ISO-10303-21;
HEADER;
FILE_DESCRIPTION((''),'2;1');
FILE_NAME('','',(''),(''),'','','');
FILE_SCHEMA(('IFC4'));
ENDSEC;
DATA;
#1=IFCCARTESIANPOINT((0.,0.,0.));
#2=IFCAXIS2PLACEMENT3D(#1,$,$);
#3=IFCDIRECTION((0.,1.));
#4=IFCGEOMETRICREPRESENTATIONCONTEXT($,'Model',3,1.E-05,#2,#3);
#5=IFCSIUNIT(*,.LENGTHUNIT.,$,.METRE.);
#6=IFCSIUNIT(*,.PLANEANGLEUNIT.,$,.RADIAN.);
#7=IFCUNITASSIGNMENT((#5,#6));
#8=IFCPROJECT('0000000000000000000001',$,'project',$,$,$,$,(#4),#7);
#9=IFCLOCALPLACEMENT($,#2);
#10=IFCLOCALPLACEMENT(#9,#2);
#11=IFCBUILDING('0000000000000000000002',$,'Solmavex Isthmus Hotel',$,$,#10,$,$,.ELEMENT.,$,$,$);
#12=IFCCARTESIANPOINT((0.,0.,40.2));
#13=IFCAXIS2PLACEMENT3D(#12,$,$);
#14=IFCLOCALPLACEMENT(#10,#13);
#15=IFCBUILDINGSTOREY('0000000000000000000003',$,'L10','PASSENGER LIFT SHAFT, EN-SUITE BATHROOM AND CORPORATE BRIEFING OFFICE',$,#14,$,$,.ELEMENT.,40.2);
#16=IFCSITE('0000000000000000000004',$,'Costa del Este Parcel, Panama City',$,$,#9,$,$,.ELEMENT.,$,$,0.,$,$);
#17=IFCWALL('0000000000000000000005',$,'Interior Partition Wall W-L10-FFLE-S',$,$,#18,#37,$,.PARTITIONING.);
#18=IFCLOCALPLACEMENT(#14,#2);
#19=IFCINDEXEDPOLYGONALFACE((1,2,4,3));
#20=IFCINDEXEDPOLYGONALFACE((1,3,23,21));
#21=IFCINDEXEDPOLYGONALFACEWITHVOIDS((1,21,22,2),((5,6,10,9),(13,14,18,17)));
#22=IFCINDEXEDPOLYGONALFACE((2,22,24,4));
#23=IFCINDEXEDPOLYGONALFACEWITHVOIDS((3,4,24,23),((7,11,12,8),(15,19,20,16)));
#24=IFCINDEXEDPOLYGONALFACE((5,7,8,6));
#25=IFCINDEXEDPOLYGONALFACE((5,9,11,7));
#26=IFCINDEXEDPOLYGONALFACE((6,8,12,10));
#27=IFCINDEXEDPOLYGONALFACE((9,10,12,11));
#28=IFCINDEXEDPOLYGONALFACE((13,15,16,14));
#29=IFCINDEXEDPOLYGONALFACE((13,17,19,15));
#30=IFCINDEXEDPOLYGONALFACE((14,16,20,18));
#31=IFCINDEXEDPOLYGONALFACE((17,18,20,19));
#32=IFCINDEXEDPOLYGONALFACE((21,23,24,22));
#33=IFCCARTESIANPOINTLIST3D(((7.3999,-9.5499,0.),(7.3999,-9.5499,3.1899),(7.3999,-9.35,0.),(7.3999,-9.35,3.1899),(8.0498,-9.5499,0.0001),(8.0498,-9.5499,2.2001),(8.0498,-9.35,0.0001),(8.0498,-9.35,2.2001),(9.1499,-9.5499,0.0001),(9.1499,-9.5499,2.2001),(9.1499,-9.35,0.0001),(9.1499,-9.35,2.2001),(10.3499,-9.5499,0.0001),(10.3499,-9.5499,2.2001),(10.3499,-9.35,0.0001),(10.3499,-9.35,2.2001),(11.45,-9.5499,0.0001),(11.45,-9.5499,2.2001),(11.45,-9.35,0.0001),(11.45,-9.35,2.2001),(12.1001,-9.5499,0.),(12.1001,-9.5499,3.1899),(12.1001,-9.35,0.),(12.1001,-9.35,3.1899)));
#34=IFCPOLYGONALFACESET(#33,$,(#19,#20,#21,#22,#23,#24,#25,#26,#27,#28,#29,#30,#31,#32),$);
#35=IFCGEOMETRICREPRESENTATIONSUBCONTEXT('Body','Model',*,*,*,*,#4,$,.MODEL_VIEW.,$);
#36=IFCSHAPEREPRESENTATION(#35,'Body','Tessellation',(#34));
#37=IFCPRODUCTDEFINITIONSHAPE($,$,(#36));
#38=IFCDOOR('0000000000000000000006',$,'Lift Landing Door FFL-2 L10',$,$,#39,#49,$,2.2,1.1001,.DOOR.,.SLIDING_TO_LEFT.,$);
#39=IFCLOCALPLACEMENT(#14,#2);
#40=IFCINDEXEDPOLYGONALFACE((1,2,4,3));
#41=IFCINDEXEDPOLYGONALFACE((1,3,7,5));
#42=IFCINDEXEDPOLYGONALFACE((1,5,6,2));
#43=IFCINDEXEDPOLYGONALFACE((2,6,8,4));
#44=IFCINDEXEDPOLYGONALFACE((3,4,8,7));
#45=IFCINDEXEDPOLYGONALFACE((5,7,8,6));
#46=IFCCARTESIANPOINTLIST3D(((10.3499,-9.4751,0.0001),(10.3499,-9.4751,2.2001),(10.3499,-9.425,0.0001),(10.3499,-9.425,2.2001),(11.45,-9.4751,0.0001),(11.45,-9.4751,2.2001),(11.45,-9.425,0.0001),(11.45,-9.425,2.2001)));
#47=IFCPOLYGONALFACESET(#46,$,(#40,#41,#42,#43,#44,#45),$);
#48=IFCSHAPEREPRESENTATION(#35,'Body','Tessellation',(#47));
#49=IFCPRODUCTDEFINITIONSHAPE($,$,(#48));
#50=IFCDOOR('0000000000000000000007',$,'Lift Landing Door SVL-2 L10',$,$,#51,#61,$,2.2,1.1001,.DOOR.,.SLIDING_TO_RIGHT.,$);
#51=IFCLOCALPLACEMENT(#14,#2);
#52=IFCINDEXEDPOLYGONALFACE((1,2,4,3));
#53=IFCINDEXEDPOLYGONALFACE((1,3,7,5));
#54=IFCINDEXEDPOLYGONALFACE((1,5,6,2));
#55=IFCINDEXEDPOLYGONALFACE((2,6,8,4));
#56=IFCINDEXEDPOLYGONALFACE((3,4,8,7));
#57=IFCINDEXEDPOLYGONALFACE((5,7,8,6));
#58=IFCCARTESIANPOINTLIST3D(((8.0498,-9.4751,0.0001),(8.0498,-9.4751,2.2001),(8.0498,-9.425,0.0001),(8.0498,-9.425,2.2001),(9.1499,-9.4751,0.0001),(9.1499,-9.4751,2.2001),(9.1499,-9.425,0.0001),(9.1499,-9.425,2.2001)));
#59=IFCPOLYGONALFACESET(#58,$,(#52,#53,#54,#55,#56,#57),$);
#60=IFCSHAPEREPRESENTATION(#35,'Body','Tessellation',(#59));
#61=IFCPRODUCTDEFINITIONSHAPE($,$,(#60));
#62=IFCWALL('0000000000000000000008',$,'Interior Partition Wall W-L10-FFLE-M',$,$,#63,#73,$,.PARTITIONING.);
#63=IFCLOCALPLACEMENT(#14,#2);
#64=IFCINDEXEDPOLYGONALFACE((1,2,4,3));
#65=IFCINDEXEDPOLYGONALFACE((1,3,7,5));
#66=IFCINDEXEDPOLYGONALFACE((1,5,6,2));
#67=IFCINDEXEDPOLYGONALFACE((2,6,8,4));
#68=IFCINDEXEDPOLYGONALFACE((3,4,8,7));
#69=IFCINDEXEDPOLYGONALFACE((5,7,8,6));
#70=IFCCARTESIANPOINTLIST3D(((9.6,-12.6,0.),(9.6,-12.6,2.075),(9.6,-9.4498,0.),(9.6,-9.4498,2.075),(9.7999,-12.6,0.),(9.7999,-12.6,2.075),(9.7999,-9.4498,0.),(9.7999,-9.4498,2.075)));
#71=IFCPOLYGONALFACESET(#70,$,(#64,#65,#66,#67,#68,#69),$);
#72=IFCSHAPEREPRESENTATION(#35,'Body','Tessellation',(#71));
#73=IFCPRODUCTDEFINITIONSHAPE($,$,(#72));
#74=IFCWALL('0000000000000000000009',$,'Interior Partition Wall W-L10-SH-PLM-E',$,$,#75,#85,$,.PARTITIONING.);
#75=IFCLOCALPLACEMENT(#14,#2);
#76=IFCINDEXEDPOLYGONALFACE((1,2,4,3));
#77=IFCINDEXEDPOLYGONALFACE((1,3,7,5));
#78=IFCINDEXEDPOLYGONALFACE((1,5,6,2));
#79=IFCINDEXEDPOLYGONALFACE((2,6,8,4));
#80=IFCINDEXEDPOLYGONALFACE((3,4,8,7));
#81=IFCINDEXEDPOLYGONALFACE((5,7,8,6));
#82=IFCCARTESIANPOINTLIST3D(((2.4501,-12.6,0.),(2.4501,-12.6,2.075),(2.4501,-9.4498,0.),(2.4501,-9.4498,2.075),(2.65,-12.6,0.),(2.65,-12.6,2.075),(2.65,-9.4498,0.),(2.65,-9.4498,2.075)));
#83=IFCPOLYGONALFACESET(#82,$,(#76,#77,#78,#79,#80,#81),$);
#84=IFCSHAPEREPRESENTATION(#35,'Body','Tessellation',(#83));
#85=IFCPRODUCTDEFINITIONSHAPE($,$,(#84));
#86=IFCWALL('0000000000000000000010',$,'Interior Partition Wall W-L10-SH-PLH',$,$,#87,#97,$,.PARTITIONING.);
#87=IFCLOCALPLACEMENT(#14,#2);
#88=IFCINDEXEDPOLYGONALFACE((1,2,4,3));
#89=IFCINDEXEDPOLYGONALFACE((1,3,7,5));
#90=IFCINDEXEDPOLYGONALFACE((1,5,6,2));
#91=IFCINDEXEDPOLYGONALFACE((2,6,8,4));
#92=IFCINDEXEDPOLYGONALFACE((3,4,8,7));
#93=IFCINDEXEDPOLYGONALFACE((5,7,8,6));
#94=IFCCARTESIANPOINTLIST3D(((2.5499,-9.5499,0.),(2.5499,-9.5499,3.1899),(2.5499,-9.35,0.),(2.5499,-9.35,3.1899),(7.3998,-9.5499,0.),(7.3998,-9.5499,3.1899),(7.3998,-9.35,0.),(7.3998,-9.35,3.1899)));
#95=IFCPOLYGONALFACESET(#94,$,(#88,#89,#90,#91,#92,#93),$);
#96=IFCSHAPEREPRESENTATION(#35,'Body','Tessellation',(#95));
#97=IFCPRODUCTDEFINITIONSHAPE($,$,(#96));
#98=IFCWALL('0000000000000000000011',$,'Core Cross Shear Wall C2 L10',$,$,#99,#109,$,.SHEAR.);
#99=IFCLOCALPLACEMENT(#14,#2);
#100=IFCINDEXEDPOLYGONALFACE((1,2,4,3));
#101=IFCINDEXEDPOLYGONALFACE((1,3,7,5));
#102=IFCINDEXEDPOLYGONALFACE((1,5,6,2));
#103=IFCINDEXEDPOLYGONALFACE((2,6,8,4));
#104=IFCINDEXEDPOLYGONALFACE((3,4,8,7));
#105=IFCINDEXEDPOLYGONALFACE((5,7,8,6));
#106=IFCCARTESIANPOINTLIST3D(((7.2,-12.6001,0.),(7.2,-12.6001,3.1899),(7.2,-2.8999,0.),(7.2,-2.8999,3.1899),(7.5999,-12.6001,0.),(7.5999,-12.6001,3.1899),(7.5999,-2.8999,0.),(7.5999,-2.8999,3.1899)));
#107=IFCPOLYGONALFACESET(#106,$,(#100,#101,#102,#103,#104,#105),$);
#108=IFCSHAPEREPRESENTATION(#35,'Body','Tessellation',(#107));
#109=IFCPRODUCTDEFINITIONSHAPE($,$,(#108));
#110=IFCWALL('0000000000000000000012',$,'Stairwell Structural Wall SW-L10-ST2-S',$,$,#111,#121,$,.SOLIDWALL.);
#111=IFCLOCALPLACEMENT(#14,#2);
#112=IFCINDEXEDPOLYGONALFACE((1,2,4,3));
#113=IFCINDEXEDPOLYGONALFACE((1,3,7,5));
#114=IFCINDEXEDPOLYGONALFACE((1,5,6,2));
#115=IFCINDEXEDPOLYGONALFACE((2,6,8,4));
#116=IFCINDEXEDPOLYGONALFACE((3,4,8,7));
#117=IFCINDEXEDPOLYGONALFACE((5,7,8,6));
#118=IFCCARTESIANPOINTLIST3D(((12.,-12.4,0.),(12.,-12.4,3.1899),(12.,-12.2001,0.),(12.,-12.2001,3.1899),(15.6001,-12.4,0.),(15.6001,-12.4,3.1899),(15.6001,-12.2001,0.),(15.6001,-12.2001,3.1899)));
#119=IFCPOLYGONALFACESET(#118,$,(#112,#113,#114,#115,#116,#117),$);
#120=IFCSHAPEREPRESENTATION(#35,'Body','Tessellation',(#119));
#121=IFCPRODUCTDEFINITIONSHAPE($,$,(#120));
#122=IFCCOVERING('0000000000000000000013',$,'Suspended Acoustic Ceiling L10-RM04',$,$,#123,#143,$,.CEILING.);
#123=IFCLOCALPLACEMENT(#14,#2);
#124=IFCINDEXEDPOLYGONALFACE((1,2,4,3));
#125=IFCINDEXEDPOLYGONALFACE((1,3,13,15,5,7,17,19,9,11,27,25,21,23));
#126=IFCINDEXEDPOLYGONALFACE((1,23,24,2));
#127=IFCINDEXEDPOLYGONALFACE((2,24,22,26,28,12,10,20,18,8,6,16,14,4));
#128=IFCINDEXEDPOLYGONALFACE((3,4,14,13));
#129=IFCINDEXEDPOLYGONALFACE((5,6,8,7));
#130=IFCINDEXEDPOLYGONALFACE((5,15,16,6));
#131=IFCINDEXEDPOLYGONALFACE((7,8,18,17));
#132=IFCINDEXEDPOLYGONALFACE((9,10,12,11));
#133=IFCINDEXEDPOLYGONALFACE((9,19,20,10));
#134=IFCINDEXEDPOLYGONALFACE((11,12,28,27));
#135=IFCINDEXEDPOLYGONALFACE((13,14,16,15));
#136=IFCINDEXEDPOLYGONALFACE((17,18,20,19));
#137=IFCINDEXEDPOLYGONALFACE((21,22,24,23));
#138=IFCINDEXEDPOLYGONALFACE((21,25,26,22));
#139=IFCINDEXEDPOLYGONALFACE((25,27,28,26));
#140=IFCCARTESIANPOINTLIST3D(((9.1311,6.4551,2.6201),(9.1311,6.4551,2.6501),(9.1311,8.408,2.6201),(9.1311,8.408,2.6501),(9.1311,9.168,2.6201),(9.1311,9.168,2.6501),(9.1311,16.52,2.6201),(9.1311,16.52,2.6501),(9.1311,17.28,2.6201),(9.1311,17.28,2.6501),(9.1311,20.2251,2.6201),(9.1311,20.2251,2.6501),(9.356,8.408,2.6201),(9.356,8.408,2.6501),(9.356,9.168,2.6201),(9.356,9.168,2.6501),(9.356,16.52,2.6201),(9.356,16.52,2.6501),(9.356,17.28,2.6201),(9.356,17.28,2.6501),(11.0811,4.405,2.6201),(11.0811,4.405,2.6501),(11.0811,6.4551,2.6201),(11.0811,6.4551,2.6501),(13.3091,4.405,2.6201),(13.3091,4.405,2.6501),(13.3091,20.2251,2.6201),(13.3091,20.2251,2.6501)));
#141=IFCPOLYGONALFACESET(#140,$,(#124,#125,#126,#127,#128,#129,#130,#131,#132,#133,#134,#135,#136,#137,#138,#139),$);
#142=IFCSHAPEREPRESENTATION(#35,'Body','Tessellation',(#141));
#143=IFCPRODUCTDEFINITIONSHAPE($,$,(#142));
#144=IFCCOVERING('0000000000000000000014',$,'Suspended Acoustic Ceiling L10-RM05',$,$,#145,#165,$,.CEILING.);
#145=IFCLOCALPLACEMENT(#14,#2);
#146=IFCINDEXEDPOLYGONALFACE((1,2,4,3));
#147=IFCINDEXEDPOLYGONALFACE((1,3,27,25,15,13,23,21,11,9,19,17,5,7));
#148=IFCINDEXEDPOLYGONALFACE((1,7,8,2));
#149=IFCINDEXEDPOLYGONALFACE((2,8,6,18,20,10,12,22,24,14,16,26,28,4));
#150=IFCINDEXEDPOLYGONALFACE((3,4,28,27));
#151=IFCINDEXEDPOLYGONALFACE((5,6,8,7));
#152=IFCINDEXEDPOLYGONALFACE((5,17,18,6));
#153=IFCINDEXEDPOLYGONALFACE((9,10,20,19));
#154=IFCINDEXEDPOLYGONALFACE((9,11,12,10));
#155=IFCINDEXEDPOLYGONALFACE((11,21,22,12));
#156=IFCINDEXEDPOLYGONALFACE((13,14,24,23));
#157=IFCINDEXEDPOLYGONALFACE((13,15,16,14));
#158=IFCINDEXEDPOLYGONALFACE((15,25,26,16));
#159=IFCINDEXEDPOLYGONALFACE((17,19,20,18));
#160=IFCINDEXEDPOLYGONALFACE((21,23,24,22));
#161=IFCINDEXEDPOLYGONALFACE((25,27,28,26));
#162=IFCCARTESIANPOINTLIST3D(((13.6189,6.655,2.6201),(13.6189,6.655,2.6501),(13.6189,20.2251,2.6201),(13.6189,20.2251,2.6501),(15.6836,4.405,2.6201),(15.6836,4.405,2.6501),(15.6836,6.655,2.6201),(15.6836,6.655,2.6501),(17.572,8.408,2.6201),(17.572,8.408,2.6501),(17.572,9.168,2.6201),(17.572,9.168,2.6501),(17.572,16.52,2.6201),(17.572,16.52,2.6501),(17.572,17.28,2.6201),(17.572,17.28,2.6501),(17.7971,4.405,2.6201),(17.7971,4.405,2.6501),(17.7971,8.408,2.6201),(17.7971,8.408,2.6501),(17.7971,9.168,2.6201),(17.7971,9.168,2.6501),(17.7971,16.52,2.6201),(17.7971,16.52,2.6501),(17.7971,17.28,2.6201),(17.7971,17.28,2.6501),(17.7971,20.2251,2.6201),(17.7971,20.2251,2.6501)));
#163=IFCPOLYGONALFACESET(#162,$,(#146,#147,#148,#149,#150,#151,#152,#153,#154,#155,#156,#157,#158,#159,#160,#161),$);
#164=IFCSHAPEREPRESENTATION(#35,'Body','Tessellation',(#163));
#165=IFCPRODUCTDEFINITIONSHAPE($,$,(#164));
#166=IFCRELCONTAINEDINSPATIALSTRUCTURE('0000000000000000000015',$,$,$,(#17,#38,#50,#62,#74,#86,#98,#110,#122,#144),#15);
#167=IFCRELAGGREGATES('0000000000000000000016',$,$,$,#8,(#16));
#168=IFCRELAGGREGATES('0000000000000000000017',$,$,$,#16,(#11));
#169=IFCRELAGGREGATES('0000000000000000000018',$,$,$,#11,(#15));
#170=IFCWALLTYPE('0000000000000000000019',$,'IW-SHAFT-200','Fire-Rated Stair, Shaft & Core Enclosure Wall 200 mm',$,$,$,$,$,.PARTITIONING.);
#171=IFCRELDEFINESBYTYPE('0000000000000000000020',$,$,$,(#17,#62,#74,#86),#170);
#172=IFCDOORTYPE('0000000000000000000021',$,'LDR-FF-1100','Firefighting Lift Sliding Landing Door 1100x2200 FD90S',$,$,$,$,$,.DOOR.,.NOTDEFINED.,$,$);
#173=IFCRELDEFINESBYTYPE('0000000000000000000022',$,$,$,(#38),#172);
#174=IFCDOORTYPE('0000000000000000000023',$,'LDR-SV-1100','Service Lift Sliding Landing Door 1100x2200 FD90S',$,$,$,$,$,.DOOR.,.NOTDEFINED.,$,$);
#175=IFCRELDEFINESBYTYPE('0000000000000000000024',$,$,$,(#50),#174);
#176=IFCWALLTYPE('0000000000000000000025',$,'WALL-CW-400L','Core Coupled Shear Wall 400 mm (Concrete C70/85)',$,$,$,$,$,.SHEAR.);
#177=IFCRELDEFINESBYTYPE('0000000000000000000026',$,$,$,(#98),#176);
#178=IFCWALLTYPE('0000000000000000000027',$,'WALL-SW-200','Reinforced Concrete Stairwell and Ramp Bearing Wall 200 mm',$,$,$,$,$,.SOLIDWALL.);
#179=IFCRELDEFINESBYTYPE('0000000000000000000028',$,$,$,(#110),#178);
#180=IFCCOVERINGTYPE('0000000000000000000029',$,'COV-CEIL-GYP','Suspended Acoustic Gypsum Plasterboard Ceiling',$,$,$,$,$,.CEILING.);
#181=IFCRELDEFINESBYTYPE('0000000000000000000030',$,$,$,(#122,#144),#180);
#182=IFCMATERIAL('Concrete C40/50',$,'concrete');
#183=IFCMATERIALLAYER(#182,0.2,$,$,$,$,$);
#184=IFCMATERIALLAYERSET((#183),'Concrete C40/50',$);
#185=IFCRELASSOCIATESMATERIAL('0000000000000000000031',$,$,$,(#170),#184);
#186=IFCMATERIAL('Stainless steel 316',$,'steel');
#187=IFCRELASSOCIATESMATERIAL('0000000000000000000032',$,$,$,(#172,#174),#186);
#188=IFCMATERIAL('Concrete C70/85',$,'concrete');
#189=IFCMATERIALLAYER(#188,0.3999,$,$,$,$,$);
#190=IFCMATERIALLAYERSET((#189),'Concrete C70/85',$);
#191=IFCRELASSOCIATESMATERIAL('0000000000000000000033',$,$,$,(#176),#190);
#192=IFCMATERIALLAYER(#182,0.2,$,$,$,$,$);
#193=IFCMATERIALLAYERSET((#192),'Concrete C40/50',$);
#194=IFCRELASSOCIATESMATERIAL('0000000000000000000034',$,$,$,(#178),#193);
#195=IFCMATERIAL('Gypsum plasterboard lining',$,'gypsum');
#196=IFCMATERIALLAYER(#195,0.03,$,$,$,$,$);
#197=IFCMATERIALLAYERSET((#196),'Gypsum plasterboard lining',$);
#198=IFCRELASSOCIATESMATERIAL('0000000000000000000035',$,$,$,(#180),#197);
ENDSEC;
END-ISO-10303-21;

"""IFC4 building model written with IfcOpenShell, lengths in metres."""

from ifc_helpers import new_model, si_unit, direction, frame, frame_2d, origin, place, context, subcontext, project, spatial, polyline, rectangle, outline, extrude, material, layer, layer_set, type_object, element, fill, save


model = new_model("IFC4")

# Units and contexts
model_context = context("Model", 3, precision=1e-05, world=origin(), true_north=direction((0.0, 1.0)))
body_context = subcontext(model_context, "Body", "Model", "MODEL_VIEW")
ifc_project = project(units=[si_unit("LENGTHUNIT", "METRE"), si_unit("PLANEANGLEUNIT", "RADIAN")], contexts=[model_context])

# Site, building, storey
site_placement = place(None, origin())
site = spatial("IfcSite", under=ifc_project, at=site_placement, Name="Costa del Este Parcel, Panama City", CompositionType="ELEMENT", RefElevation=0.0)
building_placement = place(site_placement, origin())
building = spatial("IfcBuilding", under=site, at=building_placement, Name="Solmavex Isthmus Hotel", CompositionType="ELEMENT")
storey_placement = place(building_placement, frame((0.0, 0.0, 40.2)))
storey = spatial("IfcBuildingStorey", under=building, at=storey_placement, Name="L10", Description="PASSENGER LIFT SHAFT, EN-SUITE BATHROOM AND CORPORATE BRIEFING OFFICE", CompositionType="ELEMENT", Elevation=40.2)

# Shared definitions
ifc_material_1 = material(Name="Concrete C70/85", Category="concrete")

# Shared definitions
ifc_material_2 = material(Name="Gypsum plasterboard lining", Category="gypsum")

# Shared definitions
ifc_material_3 = material(Name="Concrete C40/50", Category="concrete")

# Wall, openings, doors
ifc_layer_1 = layer(ifc_material_3, 0.2)
ifc_layer_set_1 = layer_set([ifc_layer_1], Name="Concrete C40/50")
wall_type_1 = type_object("IfcWallType", Name="IW-SHAFT-200", Description="Fire-Rated Stair, Shaft & Core Enclosure Wall 200 mm", PredefinedType="PARTITIONING", material=ifc_layer_set_1)
wall_1_placement = place(storey_placement, frame((7.3999, -9.45, 0.0), z_axis=(0.0, 0.0, 1.0), x_axis=(1.0, 0.0, 0.0)))
wall_1 = element("IfcWall", 1, at=wall_1_placement, inside=storey, type_object=wall_type_1, Name="Interior Partition Wall W-L10-FFLE-S", PredefinedType="PARTITIONING", context=body_context, shape_type="SweptSolid", body=[
    extrude(rectangle(XDim=4.7002, YDim=0.2, at=frame_2d((2.3501, 0.0))), origin(), (0.0, 0.0, 1.0), 3.1899),
])
opening_1_placement = place(wall_1_placement, frame((2.95, 0.0, 0.0)))
opening_1 = element("IfcOpeningElement", 2, at=opening_1_placement, cuts=wall_1, PredefinedType="OPENING", context=body_context, shape_type="SweptSolid", body=[
    extrude(rectangle(XDim=1.1001, YDim=2.2, at=frame_2d((0.55, 1.1001))), frame((0.0, 0.1099, 0.0), z_axis=(0.0, -1.0, 0.0), x_axis=(1.0, 0.0, 0.0)), (0.0, 0.0, 1.0), 0.22),
])
opening_2_placement = place(wall_1_placement, frame((0.6499, 0.0, 0.0)))
opening_2 = element("IfcOpeningElement", 3, at=opening_2_placement, cuts=wall_1, PredefinedType="OPENING", context=body_context, shape_type="SweptSolid", body=[
    extrude(rectangle(XDim=1.1001, YDim=2.2, at=frame_2d((0.55, 1.1001))), frame((0.0, 0.1099, 0.0), z_axis=(0.0, -1.0, 0.0), x_axis=(1.0, 0.0, 0.0)), (0.0, 0.0, 1.0), 0.22),
])
ifc_material_4 = material(Name="Stainless steel 316", Category="steel")
door_type_1 = type_object("IfcDoorType", Name="LDR-FF-1100", Description="Firefighting Lift Sliding Landing Door 1100x2200 FD90S", OperationType="NOTDEFINED", PredefinedType="DOOR", material=ifc_material_4)
door_1_placement = place(opening_1_placement, origin())
door_1 = element("IfcDoor", 4, at=door_1_placement, inside=storey, type_object=door_type_1, Name="Lift Landing Door FFL-2 L10", OperationType="SLIDING_TO_LEFT", OverallHeight=2.2, OverallWidth=1.1001, PredefinedType="DOOR", context=body_context, shape_type="SweptSolid", body=[
    extrude(rectangle(XDim=1.1001, YDim=2.2, at=frame_2d((0.55, 1.1001))), frame((0.0, 0.0249, 0.0), z_axis=(0.0, -1.0, 0.0), x_axis=(1.0, 0.0, 0.0)), (0.0, 0.0, 1.0), 0.05),
])
fill(opening_1, door_1)
door_type_2 = type_object("IfcDoorType", Name="LDR-SV-1100", Description="Service Lift Sliding Landing Door 1100x2200 FD90S", OperationType="NOTDEFINED", PredefinedType="DOOR", material=ifc_material_4)
door_2_placement = place(opening_2_placement, origin())
door_2 = element("IfcDoor", 5, at=door_2_placement, inside=storey, type_object=door_type_2, Name="Lift Landing Door SVL-2 L10", OperationType="SLIDING_TO_RIGHT", OverallHeight=2.2, OverallWidth=1.1001, PredefinedType="DOOR", context=body_context, shape_type="SweptSolid", body=[
    extrude(rectangle(XDim=1.1001, YDim=2.2, at=frame_2d((0.55, 1.1001))), frame((0.0, 0.0249, 0.0), z_axis=(0.0, -1.0, 0.0), x_axis=(1.0, 0.0, 0.0)), (0.0, 0.0, 1.0), 0.05),
])
fill(opening_2, door_2)

# Walls
for number, where, z_axis, x_axis, name in (
    (6, (9.7, -12.6001, 0.0), (0.0, 0.0, 1.0), (0.0, 1.0, 0.0), "Interior Partition Wall W-L10-FFLE-M"),
    (7, (2.55, -12.6001, 0.0), (0.0, 0.0, 1.0), (0.0, 1.0, 0.0), "Interior Partition Wall W-L10-SH-PLM-E"),
):
    element("IfcWall", number, at=place(storey_placement, frame(where, z_axis=z_axis, x_axis=x_axis)), inside=storey, type_object=wall_type_1, Name=name, PredefinedType="PARTITIONING", context=body_context, shape_type="SweptSolid", body=[
        extrude(rectangle(XDim=3.1501, YDim=0.2, at=frame_2d((1.5752, 0.0))), origin(), (0.0, 0.0, 1.0), 2.075),
    ])
wall_2_placement = place(storey_placement, frame((2.55, -9.45, 0.0), z_axis=(0.0, 0.0, 1.0), x_axis=(1.0, 0.0, 0.0)))
element("IfcWall", 8, at=wall_2_placement, inside=storey, type_object=wall_type_1, Name="Interior Partition Wall W-L10-SH-PLH", PredefinedType="PARTITIONING", context=body_context, shape_type="SweptSolid", body=[
    extrude(rectangle(XDim=4.8499, YDim=0.2, at=frame_2d((2.4248, 0.0))), origin(), (0.0, 0.0, 1.0), 3.1899),
])
ifc_layer_2 = layer(ifc_material_1, 0.3999)
ifc_layer_set_2 = layer_set([ifc_layer_2], Name="Concrete C70/85")
wall_type_2 = type_object("IfcWallType", Name="WALL-CW-400L", Description="Core Coupled Shear Wall 400 mm (Concrete C70/85)", PredefinedType="SHEAR", material=ifc_layer_set_2)
wall_3_placement = place(storey_placement, frame((7.3999, -12.6001, 0.0), z_axis=(0.0, 0.0, 1.0), x_axis=(0.0, 1.0, 0.0)))
element("IfcWall", 9, at=wall_3_placement, inside=storey, type_object=wall_type_2, Name="Core Cross Shear Wall C2 L10", PredefinedType="SHEAR", context=body_context, shape_type="SweptSolid", body=[
    extrude(rectangle(XDim=9.7002, YDim=0.3999, at=frame_2d((4.8501, 0.0))), origin(), (0.0, 0.0, 1.0), 3.1899),
])
ifc_layer_3 = layer(ifc_material_3, 0.2)
ifc_layer_set_3 = layer_set([ifc_layer_3], Name="Concrete C40/50")
wall_type_3 = type_object("IfcWallType", Name="WALL-SW-200", Description="Reinforced Concrete Stairwell and Ramp Bearing Wall 200 mm", PredefinedType="SOLIDWALL", material=ifc_layer_set_3)
wall_4_placement = place(storey_placement, frame((12.0, -12.3, 0.0), z_axis=(0.0, 0.0, 1.0), x_axis=(1.0, 0.0, 0.0)))
element("IfcWall", 10, at=wall_4_placement, inside=storey, type_object=wall_type_3, Name="Stairwell Structural Wall SW-L10-ST2-S", PredefinedType="SOLIDWALL", context=body_context, shape_type="SweptSolid", body=[
    extrude(rectangle(XDim=3.6001, YDim=0.2, at=frame_2d((1.8, 0.0))), origin(), (0.0, 0.0, 1.0), 3.1899),
])

# Coverings
ifc_layer_4 = layer(ifc_material_2, 0.03)
ifc_layer_set_4 = layer_set([ifc_layer_4], Name="Gypsum plasterboard lining")
covering_type_1 = type_object("IfcCoveringType", Name="COV-CEIL-GYP", Description="Suspended Acoustic Gypsum Plasterboard Ceiling", PredefinedType="CEILING", material=ifc_layer_set_4)
covering_1_placement = place(storey_placement, frame((0.0, 0.0, 2.6201)))
element("IfcCovering", 11, at=covering_1_placement, inside=storey, type_object=covering_type_1, Name="Suspended Acoustic Ceiling L10-RM04", PredefinedType="CEILING", context=body_context, shape_type="SweptSolid", body=[
    extrude(outline(polyline([(9.1311, 9.168), (9.356, 9.168), (9.356, 8.408), (9.1311, 8.408), (9.1311, 6.4551), (11.0811, 6.4551), (11.0811, 4.405), (13.3091, 4.405), (13.3091, 20.2251), (9.1311, 20.2251), (9.1311, 17.28), (9.356, 17.28), (9.356, 16.52), (9.1311, 16.52), (9.1311, 9.168)])), origin(), (0.0, 0.0, 1.0), 0.03),
])
covering_2_placement = place(storey_placement, frame((0.0, 0.0, 2.6201)))
element("IfcCovering", 12, at=covering_2_placement, inside=storey, type_object=covering_type_1, Name="Suspended Acoustic Ceiling L10-RM05", PredefinedType="CEILING", context=body_context, shape_type="SweptSolid", body=[
    extrude(outline(polyline([(17.7971, 16.52), (17.572, 16.52), (17.572, 17.28), (17.7971, 17.28), (17.7971, 20.2251), (13.6189, 20.2251), (13.6189, 6.655), (15.6836, 6.655), (15.6836, 4.405), (17.7971, 4.405), (17.7971, 8.408), (17.572, 8.408), (17.572, 9.168), (17.7971, 9.168), (17.7971, 16.52)])), origin(), (0.0, 0.0, 1.0), 0.03),
])

save(model, "model.ifc")
